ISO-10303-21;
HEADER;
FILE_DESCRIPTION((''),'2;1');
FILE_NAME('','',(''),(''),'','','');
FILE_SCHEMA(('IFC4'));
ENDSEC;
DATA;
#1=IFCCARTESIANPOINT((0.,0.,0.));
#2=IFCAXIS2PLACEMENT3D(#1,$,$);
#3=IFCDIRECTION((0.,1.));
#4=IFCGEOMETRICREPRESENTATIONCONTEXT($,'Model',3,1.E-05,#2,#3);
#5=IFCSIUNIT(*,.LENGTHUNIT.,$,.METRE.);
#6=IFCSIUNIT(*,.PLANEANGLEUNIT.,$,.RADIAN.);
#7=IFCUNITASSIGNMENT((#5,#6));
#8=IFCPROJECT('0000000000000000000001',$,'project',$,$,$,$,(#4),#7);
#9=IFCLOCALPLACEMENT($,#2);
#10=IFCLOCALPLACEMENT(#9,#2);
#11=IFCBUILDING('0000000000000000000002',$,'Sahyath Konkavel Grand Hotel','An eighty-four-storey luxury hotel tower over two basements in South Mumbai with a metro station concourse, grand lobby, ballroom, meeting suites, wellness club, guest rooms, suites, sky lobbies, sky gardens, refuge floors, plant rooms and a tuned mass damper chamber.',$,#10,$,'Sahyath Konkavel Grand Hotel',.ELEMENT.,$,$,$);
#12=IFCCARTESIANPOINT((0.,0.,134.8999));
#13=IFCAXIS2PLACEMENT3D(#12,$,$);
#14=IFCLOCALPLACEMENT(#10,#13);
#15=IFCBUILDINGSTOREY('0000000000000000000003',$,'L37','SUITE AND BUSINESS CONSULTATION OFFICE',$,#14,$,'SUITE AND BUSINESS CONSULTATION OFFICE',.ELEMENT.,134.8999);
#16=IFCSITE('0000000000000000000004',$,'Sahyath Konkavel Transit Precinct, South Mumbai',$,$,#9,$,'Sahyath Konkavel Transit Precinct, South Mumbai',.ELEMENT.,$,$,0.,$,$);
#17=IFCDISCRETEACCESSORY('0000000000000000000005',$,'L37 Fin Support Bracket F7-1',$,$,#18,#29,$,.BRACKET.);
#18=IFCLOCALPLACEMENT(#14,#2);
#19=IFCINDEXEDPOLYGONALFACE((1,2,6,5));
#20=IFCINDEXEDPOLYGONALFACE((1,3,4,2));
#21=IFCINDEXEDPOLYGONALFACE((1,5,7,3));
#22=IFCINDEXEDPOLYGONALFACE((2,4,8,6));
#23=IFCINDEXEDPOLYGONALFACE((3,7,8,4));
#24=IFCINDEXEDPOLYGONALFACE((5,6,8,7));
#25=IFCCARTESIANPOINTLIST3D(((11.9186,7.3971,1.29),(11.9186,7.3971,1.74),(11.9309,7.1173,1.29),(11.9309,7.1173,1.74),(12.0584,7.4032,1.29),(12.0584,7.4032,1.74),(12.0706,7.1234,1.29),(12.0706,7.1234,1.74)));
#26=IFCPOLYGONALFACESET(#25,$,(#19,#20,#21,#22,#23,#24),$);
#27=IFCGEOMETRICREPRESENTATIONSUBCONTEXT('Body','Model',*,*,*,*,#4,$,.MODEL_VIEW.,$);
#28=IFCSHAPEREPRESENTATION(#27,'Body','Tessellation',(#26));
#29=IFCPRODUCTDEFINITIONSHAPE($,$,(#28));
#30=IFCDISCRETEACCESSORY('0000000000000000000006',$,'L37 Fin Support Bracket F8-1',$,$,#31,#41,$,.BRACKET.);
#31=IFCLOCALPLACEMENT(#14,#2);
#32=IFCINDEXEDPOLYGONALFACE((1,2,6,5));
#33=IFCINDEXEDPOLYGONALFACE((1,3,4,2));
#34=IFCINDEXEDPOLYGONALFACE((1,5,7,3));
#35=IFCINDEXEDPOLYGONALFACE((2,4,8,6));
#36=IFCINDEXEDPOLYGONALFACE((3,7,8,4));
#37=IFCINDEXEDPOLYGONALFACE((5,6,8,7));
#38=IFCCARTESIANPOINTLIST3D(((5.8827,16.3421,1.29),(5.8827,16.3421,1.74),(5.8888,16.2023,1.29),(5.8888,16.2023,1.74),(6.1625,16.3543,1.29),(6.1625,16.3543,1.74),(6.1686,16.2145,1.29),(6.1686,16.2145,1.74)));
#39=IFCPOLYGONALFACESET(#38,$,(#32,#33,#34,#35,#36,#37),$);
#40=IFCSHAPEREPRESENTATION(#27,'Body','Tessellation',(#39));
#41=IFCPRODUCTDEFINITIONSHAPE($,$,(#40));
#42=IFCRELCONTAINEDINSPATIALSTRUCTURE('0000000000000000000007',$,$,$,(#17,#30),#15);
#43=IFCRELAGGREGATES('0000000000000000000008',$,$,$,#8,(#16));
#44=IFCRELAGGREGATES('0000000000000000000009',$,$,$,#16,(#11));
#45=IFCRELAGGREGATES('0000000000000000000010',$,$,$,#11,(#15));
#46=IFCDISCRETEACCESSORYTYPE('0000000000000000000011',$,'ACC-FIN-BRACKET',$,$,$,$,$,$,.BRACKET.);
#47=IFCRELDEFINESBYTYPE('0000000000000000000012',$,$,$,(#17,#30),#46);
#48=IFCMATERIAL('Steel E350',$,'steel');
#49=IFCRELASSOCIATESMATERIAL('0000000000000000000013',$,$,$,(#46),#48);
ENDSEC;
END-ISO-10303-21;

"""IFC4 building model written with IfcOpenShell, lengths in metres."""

from ifc_helpers import new_model, si_unit, direction, frame, origin, origin_2d, place, context, subcontext, project, spatial, rectangle, extrude, source, transform, mapped, material, type_object, element, save


model = new_model("IFC4")

# Units and contexts
model_context = context("Model", 3, precision=1e-05, world=origin(), true_north=direction((0.0, 1.0)))
body_context = subcontext(model_context, "Body", "Model", "MODEL_VIEW")
ifc_project = project(units=[si_unit("LENGTHUNIT", "METRE"), si_unit("PLANEANGLEUNIT", "RADIAN")], contexts=[model_context])

# Site, building, storey
site_placement = place(None, origin())
site = spatial("IfcSite", under=ifc_project, at=site_placement, Name="Sahyath Konkavel Transit Precinct, South Mumbai", LongName="Sahyath Konkavel Transit Precinct, South Mumbai", CompositionType="ELEMENT", RefElevation=0.0)
building_placement = place(site_placement, origin())
building = spatial("IfcBuilding", under=site, at=building_placement, Name="Sahyath Konkavel Grand Hotel", Description="An eighty-four-storey luxury hotel tower over two basements in South Mumbai with a metro station concourse, grand lobby, ballroom, meeting suites, wellness club, guest rooms, suites, sky lobbies, sky gardens, refuge floors, plant rooms and a tuned mass damper chamber.", LongName="Sahyath Konkavel Grand Hotel", CompositionType="ELEMENT")
storey_placement = place(building_placement, frame((0.0, 0.0, 134.8999)))
storey = spatial("IfcBuildingStorey", under=building, at=storey_placement, Name="L37", Description="SUITE AND BUSINESS CONSULTATION OFFICE", LongName="SUITE AND BUSINESS CONSULTATION OFFICE", CompositionType="ELEMENT", Elevation=134.8999)

# Discrete accessories
ifc_material_1 = material(Name="Steel E350", Category="steel")
discrete_accessory_type = type_object("IfcDiscreteAccessoryType", Name="ACC-FIN-BRACKET", PredefinedType="BRACKET", material=ifc_material_1)
shared_shape_1 = source(origin(), body_context, "Body", "SweptSolid", [
    extrude(rectangle(XDim=0.28, YDim=0.1399, at=origin_2d()), origin(), (0.0, 0.0, 1.0), 0.45),
])
for number, where, z_axis, x_axis, name in (
    (1, (11.9946, 7.2603, 1.29), (0.0, 0.0, 1.0), (-0.043619, 0.999048, 0.0), "L37 Fin Support Bracket F7-1"),
    (2, (6.0256, 16.2783, 1.29), (0.0, 0.0, 1.0), (0.999048, 0.043619, 0.0), "L37 Fin Support Bracket F8-1"),
):
    element("IfcDiscreteAccessory", number, at=place(storey_placement, frame(where, z_axis=z_axis, x_axis=x_axis)), inside=storey, type_object=discrete_accessory_type, Name=name, PredefinedType="BRACKET", context=body_context, shape_type="MappedRepresentation", body=[
        mapped(shared_shape_1, transform((0.0, 0.0, 0.0), scale=1.0)),
    ])

save(model, "model.ifc")
